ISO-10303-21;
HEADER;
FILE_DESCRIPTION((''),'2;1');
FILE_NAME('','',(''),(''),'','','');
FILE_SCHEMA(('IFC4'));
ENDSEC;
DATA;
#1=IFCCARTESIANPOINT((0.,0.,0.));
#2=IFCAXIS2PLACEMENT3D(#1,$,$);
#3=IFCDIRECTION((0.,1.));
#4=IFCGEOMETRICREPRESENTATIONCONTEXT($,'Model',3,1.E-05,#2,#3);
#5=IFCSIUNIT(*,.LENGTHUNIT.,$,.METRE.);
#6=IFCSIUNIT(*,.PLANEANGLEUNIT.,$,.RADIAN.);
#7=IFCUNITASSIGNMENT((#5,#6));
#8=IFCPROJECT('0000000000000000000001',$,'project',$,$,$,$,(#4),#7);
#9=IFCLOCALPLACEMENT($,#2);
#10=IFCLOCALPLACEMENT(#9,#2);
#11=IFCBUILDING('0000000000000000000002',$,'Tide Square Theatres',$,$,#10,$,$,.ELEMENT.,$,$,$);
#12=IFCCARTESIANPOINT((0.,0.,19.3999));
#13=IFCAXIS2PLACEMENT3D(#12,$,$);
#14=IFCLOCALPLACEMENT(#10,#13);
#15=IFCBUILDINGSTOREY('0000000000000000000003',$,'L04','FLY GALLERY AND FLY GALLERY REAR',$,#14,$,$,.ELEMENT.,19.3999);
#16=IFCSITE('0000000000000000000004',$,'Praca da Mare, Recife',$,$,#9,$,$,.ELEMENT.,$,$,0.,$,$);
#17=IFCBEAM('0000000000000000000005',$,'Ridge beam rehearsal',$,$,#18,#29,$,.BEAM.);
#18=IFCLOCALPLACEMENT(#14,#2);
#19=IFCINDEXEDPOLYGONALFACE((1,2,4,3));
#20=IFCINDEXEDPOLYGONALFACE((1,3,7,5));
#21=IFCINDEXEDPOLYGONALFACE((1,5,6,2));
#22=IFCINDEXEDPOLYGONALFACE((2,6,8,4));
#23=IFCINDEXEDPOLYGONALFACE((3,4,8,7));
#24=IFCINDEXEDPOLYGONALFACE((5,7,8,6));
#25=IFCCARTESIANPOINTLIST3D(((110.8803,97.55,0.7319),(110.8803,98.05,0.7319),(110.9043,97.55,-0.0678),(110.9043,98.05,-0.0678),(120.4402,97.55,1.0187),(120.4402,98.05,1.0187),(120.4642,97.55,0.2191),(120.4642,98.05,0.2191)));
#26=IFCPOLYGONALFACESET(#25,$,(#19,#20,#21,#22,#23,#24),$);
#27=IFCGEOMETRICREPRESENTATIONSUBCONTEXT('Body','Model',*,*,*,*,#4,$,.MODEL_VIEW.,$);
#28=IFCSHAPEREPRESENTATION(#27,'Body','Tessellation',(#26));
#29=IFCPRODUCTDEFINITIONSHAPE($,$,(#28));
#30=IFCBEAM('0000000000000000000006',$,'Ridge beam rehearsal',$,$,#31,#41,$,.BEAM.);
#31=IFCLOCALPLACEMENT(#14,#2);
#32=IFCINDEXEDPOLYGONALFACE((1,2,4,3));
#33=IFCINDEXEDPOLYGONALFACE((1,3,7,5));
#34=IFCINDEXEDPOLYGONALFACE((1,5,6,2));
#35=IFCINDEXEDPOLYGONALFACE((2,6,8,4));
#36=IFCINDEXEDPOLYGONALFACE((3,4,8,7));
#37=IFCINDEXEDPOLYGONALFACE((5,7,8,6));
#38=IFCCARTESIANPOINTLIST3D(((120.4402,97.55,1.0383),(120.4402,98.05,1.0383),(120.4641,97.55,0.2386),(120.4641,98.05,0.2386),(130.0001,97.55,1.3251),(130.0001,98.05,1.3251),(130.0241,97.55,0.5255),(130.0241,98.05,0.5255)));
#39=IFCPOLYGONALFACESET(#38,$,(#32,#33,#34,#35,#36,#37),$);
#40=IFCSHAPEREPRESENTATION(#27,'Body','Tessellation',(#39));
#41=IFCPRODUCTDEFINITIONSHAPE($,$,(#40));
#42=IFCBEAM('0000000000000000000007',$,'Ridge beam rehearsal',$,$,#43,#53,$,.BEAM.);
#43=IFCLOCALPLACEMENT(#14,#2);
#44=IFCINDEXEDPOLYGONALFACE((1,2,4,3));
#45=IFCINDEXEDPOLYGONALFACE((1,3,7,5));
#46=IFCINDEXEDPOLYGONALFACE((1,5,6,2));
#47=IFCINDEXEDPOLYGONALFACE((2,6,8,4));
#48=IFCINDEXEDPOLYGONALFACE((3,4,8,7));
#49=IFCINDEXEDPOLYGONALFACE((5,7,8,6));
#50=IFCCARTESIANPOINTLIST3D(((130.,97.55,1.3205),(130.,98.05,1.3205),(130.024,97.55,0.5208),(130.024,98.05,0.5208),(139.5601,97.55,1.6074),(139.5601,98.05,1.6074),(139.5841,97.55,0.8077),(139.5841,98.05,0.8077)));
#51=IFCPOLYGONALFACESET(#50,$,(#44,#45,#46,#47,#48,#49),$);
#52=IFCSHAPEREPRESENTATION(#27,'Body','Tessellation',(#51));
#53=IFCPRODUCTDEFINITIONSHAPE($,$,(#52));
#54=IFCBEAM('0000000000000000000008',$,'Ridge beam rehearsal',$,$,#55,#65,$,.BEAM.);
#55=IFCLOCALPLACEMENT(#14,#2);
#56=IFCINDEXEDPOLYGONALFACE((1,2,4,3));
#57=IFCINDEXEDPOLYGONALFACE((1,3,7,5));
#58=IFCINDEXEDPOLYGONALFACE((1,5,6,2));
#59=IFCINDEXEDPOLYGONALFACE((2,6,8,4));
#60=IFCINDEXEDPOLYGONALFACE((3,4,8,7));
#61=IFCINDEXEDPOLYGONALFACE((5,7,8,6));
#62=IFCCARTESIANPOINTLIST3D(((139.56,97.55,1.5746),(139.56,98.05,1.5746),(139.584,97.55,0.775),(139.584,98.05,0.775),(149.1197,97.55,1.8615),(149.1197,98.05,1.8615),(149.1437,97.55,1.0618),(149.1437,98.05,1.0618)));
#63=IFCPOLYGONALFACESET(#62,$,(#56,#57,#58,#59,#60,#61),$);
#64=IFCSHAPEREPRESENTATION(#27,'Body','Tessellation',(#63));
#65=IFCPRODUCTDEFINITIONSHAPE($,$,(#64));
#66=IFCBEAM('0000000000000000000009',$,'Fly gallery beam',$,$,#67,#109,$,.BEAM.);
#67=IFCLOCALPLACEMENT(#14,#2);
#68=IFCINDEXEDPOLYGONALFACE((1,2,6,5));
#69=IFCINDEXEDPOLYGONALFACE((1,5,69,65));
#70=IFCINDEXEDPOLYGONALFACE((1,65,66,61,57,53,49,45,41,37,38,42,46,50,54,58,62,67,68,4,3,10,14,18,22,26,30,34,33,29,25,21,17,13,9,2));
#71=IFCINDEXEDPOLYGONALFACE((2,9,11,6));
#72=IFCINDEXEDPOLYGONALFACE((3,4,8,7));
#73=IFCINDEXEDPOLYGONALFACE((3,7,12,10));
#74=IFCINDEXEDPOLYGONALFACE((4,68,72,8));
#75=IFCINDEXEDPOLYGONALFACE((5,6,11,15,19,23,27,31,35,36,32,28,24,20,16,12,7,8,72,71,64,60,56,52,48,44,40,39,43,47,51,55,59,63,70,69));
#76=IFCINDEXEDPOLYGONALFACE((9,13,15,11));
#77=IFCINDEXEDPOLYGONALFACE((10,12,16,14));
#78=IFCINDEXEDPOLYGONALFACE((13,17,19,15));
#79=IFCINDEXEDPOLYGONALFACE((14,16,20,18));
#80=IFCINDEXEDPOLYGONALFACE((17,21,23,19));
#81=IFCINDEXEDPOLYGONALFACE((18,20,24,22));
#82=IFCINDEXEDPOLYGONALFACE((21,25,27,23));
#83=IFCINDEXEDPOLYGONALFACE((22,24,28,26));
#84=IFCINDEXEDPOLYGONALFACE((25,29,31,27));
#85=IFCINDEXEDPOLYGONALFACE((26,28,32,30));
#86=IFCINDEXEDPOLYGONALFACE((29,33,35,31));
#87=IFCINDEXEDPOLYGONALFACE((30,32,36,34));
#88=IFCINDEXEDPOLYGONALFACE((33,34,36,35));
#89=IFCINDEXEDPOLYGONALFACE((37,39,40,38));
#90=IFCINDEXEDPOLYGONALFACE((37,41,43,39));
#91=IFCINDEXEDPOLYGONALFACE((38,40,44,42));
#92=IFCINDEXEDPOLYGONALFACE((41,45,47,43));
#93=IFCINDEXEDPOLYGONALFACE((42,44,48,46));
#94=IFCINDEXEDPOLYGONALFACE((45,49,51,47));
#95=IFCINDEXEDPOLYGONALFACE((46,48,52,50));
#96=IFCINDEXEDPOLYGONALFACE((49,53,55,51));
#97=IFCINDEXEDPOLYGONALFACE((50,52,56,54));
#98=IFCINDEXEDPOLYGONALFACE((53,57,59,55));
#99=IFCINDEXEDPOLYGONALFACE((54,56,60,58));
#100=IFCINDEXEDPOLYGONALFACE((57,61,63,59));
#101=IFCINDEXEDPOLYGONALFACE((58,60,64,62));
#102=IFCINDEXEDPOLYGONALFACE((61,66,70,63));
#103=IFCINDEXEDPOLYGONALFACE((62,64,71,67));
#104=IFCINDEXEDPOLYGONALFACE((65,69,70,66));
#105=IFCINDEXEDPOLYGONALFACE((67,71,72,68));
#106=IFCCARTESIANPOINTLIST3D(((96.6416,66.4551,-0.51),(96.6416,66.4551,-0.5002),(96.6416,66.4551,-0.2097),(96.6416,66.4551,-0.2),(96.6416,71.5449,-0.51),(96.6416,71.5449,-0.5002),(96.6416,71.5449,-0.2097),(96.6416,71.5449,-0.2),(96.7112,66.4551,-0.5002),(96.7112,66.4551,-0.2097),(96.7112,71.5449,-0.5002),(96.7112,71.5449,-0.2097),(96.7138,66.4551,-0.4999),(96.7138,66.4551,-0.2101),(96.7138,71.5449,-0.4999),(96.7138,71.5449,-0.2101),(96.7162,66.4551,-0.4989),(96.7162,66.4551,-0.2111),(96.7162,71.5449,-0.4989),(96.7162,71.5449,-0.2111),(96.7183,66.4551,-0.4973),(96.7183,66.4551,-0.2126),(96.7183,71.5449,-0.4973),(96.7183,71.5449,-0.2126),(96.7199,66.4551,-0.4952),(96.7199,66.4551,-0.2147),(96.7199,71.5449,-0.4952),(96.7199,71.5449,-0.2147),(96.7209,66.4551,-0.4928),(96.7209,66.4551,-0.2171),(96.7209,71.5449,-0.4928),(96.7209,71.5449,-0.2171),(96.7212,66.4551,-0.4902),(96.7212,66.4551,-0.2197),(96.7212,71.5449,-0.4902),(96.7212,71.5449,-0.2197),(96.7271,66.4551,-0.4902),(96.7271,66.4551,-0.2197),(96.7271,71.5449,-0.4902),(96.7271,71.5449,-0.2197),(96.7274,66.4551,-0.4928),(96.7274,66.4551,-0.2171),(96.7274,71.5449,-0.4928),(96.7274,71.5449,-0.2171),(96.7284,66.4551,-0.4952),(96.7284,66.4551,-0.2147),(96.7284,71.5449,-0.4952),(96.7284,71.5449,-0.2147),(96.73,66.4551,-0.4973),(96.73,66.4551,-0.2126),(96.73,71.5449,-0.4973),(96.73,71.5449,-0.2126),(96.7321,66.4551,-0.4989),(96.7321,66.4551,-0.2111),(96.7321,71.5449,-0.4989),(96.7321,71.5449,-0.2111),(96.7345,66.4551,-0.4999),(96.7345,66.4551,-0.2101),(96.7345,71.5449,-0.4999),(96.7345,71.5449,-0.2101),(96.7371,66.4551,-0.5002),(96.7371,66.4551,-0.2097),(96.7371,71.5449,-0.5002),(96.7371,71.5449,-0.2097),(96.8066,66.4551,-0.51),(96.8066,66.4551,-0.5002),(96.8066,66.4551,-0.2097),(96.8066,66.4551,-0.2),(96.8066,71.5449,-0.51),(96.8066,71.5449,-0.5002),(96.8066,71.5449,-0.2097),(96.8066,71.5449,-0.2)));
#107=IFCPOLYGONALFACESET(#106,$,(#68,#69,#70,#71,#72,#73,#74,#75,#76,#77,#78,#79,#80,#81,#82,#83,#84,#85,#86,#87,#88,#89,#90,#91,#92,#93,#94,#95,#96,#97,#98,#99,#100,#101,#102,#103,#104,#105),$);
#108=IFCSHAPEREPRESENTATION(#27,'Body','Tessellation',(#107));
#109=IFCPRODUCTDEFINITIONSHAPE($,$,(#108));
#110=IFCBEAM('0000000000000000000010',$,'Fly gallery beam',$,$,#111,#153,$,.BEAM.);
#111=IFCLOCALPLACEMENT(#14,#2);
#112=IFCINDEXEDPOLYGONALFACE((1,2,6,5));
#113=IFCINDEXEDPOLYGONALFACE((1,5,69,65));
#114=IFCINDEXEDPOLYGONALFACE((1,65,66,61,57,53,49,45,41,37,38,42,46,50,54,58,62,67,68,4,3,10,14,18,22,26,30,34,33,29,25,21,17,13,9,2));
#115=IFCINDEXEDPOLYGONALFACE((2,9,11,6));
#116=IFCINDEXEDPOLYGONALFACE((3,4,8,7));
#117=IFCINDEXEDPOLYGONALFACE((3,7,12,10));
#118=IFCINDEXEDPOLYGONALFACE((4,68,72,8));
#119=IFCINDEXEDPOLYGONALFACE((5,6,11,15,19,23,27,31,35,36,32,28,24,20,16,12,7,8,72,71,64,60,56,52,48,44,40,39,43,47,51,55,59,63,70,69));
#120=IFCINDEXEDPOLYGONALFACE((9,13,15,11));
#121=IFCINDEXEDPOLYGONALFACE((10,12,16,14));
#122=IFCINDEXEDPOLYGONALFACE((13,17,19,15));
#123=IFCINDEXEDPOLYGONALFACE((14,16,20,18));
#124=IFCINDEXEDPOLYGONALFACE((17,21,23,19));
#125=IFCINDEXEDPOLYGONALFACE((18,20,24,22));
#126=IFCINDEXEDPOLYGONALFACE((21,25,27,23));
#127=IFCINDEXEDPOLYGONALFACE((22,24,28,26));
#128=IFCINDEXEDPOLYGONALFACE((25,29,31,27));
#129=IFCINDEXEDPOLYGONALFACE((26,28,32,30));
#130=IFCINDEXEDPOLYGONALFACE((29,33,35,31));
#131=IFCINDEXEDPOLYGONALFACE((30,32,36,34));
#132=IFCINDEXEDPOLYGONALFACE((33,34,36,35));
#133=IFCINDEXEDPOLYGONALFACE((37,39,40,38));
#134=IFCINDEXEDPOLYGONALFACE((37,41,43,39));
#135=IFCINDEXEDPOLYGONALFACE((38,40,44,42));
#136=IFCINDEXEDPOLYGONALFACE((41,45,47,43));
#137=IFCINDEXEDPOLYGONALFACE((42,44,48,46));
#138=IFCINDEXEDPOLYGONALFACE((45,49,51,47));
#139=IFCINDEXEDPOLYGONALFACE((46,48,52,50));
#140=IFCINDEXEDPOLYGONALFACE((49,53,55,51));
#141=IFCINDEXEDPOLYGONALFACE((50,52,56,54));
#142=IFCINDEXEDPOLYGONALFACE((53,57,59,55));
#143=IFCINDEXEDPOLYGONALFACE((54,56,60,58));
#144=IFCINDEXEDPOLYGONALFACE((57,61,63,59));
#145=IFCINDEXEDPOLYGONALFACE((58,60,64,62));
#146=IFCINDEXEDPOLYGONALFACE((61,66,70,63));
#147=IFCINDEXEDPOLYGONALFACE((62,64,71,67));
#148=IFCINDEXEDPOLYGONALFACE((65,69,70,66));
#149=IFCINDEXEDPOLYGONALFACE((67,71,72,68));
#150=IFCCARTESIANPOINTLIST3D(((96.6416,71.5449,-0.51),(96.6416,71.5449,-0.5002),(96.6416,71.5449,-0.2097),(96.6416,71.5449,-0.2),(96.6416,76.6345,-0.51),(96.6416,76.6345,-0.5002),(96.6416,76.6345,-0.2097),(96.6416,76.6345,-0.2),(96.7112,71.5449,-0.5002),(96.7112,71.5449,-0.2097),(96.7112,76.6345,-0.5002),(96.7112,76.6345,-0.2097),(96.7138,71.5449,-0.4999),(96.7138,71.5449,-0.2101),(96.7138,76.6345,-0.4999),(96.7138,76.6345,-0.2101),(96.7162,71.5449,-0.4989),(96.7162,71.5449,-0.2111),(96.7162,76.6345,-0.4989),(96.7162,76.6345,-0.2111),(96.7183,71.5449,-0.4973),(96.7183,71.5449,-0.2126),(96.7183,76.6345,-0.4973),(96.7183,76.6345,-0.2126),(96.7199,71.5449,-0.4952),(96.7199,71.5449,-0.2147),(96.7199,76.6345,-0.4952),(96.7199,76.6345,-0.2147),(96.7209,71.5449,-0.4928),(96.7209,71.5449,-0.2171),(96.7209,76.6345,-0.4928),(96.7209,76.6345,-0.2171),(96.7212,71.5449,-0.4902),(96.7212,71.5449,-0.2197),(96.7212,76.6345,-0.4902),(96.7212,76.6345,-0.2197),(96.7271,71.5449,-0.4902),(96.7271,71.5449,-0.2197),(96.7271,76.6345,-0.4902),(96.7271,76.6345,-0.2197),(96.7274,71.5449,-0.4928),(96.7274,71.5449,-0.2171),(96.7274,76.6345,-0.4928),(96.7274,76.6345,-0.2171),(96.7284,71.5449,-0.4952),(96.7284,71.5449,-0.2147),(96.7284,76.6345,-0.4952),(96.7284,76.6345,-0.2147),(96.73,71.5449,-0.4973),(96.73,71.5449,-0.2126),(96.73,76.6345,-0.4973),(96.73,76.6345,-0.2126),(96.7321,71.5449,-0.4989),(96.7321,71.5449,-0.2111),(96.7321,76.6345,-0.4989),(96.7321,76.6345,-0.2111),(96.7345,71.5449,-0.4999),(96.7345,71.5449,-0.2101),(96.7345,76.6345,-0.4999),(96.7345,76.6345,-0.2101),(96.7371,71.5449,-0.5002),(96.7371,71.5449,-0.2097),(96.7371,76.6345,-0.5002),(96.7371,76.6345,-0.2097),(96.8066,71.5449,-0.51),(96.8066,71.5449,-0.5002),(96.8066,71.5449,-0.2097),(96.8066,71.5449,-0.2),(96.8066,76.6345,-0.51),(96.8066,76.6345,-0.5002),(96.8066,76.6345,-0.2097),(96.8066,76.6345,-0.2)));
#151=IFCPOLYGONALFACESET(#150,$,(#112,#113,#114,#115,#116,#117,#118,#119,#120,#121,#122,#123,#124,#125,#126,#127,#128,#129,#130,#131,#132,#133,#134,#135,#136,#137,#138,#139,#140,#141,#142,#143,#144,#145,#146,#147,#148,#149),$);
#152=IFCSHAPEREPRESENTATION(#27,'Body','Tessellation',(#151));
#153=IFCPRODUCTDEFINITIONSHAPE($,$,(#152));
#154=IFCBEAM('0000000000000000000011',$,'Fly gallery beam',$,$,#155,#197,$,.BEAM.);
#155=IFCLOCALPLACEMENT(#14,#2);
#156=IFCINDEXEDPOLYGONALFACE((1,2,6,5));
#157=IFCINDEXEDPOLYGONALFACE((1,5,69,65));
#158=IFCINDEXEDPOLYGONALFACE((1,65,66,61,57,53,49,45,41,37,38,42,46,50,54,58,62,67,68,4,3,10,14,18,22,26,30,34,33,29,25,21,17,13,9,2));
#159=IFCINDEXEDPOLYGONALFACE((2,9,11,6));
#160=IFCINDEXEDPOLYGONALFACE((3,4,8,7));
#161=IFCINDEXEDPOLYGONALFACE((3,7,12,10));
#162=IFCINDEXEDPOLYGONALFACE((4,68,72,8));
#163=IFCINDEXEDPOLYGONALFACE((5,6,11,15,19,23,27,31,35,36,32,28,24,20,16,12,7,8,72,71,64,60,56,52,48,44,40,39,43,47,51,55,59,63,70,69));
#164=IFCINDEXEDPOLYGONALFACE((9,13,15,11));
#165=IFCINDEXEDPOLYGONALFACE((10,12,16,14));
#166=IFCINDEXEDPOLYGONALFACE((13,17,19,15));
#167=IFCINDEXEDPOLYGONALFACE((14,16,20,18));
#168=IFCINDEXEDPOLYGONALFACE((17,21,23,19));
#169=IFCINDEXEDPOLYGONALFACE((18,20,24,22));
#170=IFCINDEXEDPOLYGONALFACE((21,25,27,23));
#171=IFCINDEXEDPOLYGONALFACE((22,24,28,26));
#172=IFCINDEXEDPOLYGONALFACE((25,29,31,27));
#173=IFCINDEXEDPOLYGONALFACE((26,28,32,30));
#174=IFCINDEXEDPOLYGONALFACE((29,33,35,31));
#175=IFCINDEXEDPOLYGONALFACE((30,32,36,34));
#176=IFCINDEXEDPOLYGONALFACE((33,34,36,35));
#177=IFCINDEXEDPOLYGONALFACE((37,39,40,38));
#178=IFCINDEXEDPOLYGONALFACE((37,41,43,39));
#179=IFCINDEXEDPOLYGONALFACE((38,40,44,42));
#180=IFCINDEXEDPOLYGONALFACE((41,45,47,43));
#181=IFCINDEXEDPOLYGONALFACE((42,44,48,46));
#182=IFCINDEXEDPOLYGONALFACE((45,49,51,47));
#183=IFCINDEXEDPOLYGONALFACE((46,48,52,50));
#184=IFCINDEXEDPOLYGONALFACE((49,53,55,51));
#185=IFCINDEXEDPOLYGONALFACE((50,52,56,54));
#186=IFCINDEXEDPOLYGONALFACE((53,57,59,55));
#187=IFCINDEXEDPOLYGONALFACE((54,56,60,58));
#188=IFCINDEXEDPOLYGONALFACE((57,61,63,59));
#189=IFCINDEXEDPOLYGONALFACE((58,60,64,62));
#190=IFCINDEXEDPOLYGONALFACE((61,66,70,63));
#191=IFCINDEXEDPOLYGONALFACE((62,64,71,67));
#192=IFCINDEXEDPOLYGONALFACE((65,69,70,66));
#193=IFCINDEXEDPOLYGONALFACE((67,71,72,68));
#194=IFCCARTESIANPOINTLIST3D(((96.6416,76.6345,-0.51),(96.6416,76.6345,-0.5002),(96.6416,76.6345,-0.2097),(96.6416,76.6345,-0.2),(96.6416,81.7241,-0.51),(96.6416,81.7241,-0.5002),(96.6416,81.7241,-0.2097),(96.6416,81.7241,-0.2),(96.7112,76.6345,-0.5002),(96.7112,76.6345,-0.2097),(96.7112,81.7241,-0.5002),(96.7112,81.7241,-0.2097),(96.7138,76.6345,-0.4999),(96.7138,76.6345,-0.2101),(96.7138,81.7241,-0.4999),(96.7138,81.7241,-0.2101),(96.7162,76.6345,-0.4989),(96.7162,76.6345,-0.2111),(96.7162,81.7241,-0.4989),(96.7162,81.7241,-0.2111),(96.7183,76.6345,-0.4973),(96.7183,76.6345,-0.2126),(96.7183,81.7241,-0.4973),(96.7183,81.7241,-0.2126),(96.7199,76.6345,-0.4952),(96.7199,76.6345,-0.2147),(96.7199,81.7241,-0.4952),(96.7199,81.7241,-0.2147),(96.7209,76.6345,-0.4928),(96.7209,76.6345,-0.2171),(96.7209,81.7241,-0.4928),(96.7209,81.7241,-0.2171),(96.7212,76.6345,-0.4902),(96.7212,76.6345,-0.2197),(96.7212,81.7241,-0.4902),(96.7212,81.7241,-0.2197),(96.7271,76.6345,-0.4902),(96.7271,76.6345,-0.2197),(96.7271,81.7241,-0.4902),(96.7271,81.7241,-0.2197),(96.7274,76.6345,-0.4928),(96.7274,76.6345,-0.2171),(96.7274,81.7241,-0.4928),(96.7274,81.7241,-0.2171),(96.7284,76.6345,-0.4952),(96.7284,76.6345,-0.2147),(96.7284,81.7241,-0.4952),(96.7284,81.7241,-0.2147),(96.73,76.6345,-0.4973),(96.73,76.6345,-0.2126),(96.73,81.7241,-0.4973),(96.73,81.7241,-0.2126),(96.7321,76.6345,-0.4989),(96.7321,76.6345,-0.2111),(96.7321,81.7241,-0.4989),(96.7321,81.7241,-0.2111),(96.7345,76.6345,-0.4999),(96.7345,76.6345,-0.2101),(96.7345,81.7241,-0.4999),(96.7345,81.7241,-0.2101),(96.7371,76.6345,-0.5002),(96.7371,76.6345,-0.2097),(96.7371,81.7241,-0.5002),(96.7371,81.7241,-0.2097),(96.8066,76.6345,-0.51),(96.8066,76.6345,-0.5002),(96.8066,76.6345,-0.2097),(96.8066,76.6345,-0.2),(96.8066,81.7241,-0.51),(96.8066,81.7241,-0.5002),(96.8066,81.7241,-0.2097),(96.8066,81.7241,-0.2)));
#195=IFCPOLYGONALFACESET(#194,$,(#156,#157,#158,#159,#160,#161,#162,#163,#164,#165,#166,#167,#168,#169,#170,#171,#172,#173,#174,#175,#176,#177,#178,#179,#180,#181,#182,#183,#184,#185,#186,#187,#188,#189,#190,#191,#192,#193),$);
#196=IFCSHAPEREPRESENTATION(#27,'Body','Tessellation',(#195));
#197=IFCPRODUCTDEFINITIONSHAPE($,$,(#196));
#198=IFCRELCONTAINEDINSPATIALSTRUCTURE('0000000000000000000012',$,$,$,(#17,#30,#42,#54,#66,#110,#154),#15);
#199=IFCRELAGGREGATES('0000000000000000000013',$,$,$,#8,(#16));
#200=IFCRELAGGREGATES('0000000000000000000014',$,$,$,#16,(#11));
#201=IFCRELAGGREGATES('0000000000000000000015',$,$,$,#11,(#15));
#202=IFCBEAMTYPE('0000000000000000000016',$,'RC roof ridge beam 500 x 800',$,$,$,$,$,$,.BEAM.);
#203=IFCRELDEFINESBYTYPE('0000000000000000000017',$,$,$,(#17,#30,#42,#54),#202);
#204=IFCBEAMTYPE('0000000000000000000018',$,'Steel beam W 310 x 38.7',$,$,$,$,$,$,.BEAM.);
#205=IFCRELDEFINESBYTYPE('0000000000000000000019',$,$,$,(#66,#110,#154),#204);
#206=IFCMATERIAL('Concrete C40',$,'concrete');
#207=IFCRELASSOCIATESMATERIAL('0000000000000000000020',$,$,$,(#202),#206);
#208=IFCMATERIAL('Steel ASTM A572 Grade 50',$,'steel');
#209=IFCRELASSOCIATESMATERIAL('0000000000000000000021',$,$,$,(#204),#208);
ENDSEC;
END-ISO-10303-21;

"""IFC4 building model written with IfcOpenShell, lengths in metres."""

from ifc_helpers import new_model, si_unit, direction, frame, origin, origin_2d, place, context, subcontext, project, spatial, rectangle, i_section, extrude, material, material_profile, profile_set, type_object, element, save


model = new_model("IFC4")

# Units and contexts
model_context = context("Model", 3, precision=1e-05, world=origin(), true_north=direction((0.0, 1.0)))
body_context = subcontext(model_context, "Body", "Model", "MODEL_VIEW")
ifc_project = project(units=[si_unit("LENGTHUNIT", "METRE"), si_unit("PLANEANGLEUNIT", "RADIAN")], contexts=[model_context])

# Site, building, storey
site_placement = place(None, origin())
site = spatial("IfcSite", under=ifc_project, at=site_placement, Name="Praca da Mare, Recife", CompositionType="ELEMENT", RefElevation=0.0)
building_placement = place(site_placement, origin())
building = spatial("IfcBuilding", under=site, at=building_placement, Name="Tide Square Theatres", CompositionType="ELEMENT")
storey_placement = place(building_placement, frame((0.0, 0.0, 19.3999)))
storey = spatial("IfcBuildingStorey", under=building, at=storey_placement, Name="L04", Description="FLY GALLERY AND FLY GALLERY REAR", CompositionType="ELEMENT", Elevation=19.3999)

# Beams
ifc_material_1 = material(Name="Concrete C40", Category="concrete")
ifc_material_profile_1 = material_profile(ifc_material_1, rectangle(XDim=0.5, YDim=0.8, at=origin_2d()))
ifc_profile_set_1 = profile_set([ifc_material_profile_1], Name="Concrete C40")
beam_type_1 = type_object("IfcBeamType", Name="RC roof ridge beam 500 x 800", PredefinedType="BEAM", material=ifc_profile_set_1)
for number, where, z_axis, x_axis, name in (
    (1, (110.8923, 97.8, 0.332), (0.99955, 0.0, 0.029994), (0.0, 1.0, 0.0), "Ridge beam rehearsal"),
    (2, (120.4521, 97.8, 0.6384), (0.99955, 0.0, 0.029994), (0.0, 1.0, 0.0), "Ridge beam rehearsal"),
):
    element("IfcBeam", number, at=place(storey_placement, frame(where, z_axis=z_axis, x_axis=x_axis)), inside=storey, type_object=beam_type_1, Name=name, PredefinedType="BEAM", context=body_context, shape_type="SweptSolid", body=[
        extrude(rectangle(XDim=0.5, YDim=0.8, at=origin_2d()), origin(), (0.0, 0.0, 1.0), 9.5642),
    ])
beam_1_placement = place(storey_placement, frame((130.012, 97.8, 0.9207), z_axis=(0.99955, 0.0, 0.029993), x_axis=(0.0, 1.0, 0.0)))
element("IfcBeam", 3, at=beam_1_placement, inside=storey, type_object=beam_type_1, Name="Ridge beam rehearsal", PredefinedType="BEAM", context=body_context, shape_type="SweptSolid", body=[
    extrude(rectangle(XDim=0.5, YDim=0.8, at=origin_2d()), origin(), (0.0, 0.0, 1.0), 9.5645),
])
beam_2_placement = place(storey_placement, frame((139.572, 97.8, 1.1748), z_axis=(0.99955, 0.0, 0.029995), x_axis=(0.0, 1.0, 0.0)))
element("IfcBeam", 4, at=beam_2_placement, inside=storey, type_object=beam_type_1, Name="Ridge beam rehearsal", PredefinedType="BEAM", context=body_context, shape_type="SweptSolid", body=[
    extrude(rectangle(XDim=0.5, YDim=0.8, at=origin_2d()), origin(), (0.0, 0.0, 1.0), 9.564),
])
ifc_material_2 = material(Name="Steel ASTM A572 Grade 50", Category="steel")
ifc_material_profile_2 = material_profile(ifc_material_2, i_section(OverallWidth=0.165, OverallDepth=0.3101, WebThickness=0.0059, FlangeThickness=0.0098, FilletRadius=0.01, at=origin_2d()))
ifc_profile_set_2 = profile_set([ifc_material_profile_2], Name="Steel ASTM A572 Grade 50")
beam_type_2 = type_object("IfcBeamType", Name="Steel beam W 310 x 38.7", PredefinedType="BEAM", material=ifc_profile_set_2)
beam_3_placement = place(storey_placement, frame((96.7241, 66.4551, -0.355), z_axis=(0.0, 1.0, 0.0), x_axis=(-1.0, 0.0, 0.0)))
element("IfcBeam", 5, at=beam_3_placement, inside=storey, type_object=beam_type_2, Name="Fly gallery beam", PredefinedType="BEAM", context=body_context, shape_type="SweptSolid", body=[
    extrude(i_section(OverallWidth=0.165, OverallDepth=0.3101, WebThickness=0.0059, FlangeThickness=0.0098, FilletRadius=0.01, at=origin_2d()), origin(), (0.0, 0.0, 1.0), 5.0898),
])
for number, where, z_axis, x_axis, name in (
    (6, (96.7241, 71.5449, -0.355), (0.0, 1.0, 0.0), (-1.0, 0.0, 0.0), "Fly gallery beam"),
    (7, (96.7241, 76.6345, -0.355), (0.0, 1.0, 0.0), (-1.0, 0.0, 0.0), "Fly gallery beam"),
):
    element("IfcBeam", number, at=place(storey_placement, frame(where, z_axis=z_axis, x_axis=x_axis)), inside=storey, type_object=beam_type_2, Name=name, PredefinedType="BEAM", context=body_context, shape_type="SweptSolid", body=[
        extrude(i_section(OverallWidth=0.165, OverallDepth=0.3101, WebThickness=0.0059, FlangeThickness=0.0098, FilletRadius=0.01, at=origin_2d()), origin(), (0.0, 0.0, 1.0), 5.0896),
    ])

save(model, "model.ifc")
